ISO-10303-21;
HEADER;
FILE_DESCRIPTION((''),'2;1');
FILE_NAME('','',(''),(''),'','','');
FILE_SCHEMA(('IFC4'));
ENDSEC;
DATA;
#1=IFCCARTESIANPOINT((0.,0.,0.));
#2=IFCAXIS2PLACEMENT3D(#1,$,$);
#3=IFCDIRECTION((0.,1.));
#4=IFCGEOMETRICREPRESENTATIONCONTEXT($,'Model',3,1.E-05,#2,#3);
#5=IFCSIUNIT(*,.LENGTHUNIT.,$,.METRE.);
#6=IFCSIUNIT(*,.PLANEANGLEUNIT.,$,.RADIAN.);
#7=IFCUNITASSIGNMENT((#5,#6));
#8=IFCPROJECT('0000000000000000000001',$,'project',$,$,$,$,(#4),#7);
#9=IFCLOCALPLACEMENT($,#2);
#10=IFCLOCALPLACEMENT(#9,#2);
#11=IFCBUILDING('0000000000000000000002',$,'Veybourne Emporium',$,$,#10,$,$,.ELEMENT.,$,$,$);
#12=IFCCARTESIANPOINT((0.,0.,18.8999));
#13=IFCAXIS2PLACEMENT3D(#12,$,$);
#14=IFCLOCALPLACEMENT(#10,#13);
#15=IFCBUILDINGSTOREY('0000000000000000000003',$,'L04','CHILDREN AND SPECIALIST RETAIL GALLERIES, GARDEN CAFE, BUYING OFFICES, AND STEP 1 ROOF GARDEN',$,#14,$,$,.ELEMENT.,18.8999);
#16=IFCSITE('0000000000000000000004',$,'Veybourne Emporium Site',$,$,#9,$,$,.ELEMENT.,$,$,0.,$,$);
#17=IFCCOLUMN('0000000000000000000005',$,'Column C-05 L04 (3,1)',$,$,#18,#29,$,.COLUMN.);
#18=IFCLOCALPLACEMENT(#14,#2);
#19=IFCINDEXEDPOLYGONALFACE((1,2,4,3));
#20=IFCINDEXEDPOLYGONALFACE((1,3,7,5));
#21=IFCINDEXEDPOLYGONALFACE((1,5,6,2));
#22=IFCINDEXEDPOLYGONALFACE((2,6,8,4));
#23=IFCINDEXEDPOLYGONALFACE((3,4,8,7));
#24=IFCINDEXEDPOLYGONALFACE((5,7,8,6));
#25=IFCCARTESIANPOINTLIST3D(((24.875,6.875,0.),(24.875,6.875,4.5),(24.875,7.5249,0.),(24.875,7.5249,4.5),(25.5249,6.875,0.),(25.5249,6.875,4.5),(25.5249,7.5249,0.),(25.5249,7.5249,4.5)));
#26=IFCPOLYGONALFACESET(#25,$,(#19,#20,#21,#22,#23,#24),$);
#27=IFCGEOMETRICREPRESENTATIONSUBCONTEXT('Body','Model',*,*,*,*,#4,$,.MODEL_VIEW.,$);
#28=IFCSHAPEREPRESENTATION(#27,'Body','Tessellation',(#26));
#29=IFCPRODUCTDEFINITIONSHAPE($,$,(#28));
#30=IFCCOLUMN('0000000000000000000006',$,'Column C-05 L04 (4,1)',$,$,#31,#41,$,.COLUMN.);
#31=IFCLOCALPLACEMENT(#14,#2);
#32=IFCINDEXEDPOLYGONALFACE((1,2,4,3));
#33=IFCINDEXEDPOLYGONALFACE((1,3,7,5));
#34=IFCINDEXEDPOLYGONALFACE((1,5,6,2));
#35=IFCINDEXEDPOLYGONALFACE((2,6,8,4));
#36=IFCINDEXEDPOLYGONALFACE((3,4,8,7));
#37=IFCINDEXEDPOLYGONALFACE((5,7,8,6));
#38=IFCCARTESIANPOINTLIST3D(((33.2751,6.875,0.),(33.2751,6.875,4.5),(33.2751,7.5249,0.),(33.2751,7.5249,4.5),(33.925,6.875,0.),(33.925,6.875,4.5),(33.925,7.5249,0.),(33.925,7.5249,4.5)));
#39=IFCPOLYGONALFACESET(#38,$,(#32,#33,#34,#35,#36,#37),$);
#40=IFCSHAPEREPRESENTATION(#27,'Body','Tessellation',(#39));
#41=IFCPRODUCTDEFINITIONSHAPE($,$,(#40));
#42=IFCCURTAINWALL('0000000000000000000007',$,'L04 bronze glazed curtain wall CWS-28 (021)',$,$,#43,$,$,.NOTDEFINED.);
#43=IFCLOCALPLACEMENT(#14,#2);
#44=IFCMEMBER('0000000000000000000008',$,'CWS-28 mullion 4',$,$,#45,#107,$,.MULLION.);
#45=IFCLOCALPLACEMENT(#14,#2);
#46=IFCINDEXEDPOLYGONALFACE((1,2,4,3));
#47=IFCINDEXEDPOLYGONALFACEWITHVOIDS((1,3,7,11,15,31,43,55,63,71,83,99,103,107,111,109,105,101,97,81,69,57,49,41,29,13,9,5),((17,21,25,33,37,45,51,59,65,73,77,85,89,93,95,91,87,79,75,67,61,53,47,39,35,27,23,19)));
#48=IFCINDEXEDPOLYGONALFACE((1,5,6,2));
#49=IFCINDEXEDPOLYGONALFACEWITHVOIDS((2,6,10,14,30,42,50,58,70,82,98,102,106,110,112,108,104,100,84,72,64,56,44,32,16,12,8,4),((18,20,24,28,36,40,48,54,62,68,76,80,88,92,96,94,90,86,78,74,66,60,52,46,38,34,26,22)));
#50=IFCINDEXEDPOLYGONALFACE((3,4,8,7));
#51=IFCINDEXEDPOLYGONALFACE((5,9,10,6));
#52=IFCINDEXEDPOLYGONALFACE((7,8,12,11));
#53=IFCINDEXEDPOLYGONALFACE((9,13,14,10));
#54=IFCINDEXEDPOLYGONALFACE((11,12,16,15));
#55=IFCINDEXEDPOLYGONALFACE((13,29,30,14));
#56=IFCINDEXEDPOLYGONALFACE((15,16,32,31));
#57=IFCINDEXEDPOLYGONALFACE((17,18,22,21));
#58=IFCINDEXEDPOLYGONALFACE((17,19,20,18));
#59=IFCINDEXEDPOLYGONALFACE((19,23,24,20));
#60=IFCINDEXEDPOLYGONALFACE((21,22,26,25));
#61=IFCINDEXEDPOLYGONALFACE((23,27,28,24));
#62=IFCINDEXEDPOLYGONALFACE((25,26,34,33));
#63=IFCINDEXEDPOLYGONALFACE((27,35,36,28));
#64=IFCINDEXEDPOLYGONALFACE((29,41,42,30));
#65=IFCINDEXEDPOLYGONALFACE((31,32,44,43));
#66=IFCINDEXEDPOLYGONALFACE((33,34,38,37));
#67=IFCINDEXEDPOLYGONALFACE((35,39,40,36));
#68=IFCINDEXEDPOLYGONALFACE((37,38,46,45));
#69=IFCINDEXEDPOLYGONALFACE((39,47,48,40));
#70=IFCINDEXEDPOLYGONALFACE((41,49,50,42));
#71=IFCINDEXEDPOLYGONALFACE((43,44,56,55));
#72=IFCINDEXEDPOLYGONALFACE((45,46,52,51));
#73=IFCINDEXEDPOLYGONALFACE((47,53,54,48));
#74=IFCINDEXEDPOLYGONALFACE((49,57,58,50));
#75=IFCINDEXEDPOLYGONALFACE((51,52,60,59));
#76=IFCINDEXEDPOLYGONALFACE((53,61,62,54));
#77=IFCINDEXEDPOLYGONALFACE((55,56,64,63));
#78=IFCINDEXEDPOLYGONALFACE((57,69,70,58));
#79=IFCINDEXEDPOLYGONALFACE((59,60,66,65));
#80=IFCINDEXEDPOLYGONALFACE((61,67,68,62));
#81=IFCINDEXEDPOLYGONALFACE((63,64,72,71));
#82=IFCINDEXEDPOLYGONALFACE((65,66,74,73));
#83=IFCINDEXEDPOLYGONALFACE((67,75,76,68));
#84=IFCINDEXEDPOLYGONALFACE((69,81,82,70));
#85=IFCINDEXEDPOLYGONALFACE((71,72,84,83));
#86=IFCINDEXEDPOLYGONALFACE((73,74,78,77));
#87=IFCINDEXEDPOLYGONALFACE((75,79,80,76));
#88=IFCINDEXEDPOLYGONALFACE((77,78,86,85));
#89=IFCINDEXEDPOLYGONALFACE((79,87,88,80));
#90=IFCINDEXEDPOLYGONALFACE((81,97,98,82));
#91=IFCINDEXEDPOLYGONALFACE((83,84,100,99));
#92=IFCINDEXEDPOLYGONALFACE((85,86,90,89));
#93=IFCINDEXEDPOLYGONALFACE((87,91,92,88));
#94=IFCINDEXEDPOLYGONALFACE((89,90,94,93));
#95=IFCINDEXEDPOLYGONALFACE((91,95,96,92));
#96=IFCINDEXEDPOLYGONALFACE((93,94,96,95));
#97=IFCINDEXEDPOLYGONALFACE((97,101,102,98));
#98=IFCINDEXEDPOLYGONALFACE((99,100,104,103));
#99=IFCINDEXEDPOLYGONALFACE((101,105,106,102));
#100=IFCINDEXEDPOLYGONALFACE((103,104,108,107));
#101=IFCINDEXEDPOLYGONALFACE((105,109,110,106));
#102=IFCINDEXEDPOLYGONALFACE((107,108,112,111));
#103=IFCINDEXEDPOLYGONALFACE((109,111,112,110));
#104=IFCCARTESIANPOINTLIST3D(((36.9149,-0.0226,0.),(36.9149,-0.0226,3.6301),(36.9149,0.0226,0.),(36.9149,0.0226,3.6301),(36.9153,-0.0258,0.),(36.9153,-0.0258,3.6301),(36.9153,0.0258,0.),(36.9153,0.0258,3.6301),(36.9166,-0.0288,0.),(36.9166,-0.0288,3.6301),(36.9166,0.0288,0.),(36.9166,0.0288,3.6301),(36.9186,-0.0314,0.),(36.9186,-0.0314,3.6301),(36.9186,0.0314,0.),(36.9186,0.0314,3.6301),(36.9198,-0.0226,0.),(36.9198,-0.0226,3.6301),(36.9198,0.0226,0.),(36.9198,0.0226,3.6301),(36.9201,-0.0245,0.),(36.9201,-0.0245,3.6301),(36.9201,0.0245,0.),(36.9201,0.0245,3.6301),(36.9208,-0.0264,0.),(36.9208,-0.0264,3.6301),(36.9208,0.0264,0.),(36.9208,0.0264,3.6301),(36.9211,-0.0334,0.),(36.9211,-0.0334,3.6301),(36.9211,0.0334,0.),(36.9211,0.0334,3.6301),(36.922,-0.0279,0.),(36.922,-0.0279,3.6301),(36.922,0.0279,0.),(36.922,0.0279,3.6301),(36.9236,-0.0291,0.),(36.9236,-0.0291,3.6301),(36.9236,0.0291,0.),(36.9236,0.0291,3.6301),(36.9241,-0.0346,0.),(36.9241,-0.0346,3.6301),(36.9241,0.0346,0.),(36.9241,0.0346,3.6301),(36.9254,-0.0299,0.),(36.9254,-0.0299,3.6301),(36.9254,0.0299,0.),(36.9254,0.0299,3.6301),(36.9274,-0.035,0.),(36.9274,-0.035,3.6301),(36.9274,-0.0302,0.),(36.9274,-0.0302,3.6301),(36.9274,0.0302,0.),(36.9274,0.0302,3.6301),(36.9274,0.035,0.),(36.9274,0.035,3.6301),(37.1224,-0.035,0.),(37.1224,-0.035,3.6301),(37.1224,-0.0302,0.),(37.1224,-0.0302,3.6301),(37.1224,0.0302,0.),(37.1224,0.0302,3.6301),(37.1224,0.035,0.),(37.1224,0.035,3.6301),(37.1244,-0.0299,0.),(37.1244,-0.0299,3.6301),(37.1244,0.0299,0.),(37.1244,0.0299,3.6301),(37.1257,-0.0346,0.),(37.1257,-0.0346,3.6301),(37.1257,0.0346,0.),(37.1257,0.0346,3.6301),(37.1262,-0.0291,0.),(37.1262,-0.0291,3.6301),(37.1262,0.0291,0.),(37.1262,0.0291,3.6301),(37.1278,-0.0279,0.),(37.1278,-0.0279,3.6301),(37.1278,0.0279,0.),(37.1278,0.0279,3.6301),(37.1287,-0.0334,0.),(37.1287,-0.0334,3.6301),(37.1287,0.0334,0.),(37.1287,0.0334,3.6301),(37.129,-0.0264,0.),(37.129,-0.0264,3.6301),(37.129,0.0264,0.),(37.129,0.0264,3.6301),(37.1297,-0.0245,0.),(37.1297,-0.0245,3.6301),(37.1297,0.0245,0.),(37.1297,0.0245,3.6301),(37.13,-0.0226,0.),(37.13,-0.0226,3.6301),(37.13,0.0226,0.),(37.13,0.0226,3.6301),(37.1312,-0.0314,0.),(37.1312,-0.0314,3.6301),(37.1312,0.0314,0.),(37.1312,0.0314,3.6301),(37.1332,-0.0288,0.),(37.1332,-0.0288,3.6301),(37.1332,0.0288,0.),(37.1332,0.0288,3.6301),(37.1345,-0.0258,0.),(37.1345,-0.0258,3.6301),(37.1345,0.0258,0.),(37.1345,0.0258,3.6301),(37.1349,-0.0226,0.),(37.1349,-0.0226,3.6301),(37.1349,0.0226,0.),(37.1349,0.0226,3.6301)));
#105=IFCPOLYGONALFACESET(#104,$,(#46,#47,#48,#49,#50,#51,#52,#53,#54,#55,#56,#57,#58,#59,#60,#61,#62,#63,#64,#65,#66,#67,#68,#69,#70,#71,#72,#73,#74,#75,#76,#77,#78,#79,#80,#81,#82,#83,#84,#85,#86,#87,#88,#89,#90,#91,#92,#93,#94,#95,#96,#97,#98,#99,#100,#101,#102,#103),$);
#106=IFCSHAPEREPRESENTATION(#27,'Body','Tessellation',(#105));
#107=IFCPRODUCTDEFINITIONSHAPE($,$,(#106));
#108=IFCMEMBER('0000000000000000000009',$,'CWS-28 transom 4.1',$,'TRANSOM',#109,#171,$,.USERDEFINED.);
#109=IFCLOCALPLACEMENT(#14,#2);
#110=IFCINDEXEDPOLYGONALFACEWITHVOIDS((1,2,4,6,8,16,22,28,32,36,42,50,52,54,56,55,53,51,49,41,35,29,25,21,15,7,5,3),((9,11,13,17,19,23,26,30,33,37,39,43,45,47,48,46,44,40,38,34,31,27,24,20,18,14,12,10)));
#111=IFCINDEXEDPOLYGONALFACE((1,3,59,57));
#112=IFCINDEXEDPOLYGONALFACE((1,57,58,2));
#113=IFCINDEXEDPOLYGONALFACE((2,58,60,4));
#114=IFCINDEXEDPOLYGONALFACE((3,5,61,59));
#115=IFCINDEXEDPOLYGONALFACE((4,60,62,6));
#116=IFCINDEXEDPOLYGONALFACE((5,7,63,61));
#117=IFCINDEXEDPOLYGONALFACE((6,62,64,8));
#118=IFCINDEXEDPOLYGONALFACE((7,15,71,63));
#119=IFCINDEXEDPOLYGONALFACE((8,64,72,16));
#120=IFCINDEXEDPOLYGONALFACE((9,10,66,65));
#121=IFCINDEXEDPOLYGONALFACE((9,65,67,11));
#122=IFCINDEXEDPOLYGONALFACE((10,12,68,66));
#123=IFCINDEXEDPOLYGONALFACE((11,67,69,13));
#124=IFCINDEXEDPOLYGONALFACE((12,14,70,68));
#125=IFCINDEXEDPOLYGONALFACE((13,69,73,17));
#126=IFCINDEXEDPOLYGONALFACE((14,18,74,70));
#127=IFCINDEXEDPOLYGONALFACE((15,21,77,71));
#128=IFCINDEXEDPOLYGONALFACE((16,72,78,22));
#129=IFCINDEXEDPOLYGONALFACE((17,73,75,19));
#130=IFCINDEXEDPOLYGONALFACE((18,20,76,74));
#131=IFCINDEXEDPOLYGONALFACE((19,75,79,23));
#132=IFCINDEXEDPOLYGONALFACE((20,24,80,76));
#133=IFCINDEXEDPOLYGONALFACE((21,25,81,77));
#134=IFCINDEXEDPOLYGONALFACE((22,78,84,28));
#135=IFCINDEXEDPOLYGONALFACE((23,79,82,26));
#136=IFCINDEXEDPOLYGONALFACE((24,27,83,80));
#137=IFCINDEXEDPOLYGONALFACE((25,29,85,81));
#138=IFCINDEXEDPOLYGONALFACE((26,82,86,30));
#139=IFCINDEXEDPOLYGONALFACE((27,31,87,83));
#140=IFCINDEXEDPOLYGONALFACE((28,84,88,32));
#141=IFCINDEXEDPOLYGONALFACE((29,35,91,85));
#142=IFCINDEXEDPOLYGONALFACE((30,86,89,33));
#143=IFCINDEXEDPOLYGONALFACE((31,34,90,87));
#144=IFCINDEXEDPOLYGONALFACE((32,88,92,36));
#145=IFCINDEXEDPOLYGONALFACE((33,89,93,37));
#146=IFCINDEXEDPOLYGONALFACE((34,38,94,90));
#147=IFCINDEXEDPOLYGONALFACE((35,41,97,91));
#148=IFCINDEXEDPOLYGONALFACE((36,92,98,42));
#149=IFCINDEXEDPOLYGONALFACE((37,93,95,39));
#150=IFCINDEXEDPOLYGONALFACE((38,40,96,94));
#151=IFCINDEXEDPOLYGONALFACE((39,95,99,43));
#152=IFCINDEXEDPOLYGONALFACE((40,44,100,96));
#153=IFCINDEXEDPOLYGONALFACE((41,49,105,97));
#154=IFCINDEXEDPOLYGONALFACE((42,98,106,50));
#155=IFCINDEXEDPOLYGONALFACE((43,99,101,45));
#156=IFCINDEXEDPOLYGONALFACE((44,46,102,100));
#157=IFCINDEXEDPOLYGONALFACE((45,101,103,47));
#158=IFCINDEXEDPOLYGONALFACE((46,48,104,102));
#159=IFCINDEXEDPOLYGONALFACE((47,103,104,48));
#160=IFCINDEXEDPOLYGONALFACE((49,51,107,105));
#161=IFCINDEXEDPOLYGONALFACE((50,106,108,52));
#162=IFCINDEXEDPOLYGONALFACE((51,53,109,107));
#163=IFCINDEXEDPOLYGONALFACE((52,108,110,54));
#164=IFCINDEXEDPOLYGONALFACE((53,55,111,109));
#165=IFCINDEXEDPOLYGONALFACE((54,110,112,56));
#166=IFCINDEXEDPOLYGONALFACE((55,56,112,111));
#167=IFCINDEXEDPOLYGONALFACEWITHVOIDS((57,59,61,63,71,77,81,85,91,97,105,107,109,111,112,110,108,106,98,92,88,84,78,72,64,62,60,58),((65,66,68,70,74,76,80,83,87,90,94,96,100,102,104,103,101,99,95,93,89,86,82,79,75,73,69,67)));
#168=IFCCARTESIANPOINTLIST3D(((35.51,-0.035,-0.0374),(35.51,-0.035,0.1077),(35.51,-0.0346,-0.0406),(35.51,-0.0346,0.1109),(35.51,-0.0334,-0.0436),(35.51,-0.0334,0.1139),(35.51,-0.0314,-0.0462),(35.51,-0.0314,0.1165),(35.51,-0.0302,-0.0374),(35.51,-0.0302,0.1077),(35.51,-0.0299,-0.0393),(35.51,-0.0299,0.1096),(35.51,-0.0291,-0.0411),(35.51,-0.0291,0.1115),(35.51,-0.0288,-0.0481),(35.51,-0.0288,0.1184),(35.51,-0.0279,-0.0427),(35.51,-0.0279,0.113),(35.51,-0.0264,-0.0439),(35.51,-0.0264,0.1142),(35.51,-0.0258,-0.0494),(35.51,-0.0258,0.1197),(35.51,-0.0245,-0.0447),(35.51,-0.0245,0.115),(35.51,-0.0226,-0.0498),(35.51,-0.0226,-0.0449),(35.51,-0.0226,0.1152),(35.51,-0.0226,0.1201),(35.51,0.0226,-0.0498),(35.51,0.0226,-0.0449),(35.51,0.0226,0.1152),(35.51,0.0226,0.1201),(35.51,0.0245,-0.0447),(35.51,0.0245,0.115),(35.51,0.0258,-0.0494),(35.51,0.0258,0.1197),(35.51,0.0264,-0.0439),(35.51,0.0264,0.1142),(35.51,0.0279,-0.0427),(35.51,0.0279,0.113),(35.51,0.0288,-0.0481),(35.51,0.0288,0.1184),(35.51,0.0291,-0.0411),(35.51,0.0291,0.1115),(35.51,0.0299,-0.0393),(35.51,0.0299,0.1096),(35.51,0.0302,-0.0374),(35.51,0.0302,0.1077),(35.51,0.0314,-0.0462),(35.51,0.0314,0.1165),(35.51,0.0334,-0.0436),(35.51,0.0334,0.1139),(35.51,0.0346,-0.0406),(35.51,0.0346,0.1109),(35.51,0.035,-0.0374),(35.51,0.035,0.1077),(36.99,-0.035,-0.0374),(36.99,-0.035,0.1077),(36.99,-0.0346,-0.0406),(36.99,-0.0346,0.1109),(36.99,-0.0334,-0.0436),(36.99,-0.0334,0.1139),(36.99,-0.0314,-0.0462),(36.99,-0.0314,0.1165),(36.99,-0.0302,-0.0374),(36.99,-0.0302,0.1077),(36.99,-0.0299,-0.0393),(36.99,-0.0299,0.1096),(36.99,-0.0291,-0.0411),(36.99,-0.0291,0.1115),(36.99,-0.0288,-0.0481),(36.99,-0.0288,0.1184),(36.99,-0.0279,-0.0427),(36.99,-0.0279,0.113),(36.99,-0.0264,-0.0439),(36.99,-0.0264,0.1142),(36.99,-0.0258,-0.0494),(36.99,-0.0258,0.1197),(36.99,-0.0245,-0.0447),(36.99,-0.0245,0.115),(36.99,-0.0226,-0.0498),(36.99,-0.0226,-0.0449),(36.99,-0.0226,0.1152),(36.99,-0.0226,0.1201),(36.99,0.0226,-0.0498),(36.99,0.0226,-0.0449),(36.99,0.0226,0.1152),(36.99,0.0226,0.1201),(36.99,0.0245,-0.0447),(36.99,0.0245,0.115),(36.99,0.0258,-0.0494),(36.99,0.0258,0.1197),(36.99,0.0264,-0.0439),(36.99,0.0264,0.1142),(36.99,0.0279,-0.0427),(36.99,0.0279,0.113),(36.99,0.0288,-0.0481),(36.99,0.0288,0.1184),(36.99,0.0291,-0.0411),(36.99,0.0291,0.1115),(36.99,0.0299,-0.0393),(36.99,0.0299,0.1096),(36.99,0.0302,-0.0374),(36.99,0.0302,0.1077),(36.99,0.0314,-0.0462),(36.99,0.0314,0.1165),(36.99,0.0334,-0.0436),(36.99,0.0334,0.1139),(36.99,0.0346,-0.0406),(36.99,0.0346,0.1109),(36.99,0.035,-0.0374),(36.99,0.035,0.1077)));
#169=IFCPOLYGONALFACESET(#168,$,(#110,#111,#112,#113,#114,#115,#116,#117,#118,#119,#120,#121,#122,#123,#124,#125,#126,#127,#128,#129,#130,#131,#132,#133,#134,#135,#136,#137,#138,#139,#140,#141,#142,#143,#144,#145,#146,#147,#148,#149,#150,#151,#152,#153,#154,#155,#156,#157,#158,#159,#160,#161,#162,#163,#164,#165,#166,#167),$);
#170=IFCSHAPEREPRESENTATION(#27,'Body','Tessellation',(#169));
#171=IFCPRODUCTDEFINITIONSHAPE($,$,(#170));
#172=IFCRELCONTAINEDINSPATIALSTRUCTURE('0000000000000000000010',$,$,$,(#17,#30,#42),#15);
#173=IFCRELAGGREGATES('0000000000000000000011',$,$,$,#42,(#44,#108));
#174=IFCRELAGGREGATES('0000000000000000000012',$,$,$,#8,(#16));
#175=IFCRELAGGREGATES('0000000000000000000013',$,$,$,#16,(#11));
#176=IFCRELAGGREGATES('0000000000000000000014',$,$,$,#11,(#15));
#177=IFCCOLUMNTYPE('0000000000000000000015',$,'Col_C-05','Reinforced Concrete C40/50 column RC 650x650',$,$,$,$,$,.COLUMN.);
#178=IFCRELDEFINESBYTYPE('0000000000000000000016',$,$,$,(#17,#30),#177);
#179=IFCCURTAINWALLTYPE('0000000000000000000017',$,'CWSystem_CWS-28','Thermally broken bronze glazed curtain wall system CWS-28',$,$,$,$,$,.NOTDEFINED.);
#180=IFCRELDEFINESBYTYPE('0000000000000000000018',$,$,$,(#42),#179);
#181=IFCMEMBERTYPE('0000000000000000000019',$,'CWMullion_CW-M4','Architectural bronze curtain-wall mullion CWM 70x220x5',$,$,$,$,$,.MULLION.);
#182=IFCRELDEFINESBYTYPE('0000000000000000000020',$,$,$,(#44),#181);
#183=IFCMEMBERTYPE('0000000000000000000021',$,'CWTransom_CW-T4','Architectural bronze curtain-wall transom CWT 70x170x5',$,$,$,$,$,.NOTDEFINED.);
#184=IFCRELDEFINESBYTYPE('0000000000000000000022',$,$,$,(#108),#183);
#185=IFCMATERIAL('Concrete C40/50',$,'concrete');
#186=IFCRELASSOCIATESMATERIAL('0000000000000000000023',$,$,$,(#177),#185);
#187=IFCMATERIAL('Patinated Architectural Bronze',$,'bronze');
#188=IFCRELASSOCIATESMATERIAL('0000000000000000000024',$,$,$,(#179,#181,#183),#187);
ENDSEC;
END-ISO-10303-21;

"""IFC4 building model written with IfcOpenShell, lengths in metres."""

from ifc_helpers import new_model, si_unit, direction, frame, origin, origin_2d, place, context, subcontext, project, spatial, rectangle, hollow_rectangle, extrude, material, material_profile, profile_set, type_object, element, aggregate, save


model = new_model("IFC4")

# Units and contexts
model_context = context("Model", 3, precision=1e-05, world=origin(), true_north=direction((0.0, 1.0)))
body_context = subcontext(model_context, "Body", "Model", "MODEL_VIEW")
ifc_project = project(units=[si_unit("LENGTHUNIT", "METRE"), si_unit("PLANEANGLEUNIT", "RADIAN")], contexts=[model_context])

# Site, building, storey
site_placement = place(None, origin())
site = spatial("IfcSite", under=ifc_project, at=site_placement, Name="Veybourne Emporium Site", CompositionType="ELEMENT", RefElevation=0.0)
building_placement = place(site_placement, origin())
building = spatial("IfcBuilding", under=site, at=building_placement, Name="Veybourne Emporium", CompositionType="ELEMENT")
storey_placement = place(building_placement, frame((0.0, 0.0, 18.8999)))
storey = spatial("IfcBuildingStorey", under=building, at=storey_placement, Name="L04", Description="CHILDREN AND SPECIALIST RETAIL GALLERIES, GARDEN CAFE, BUYING OFFICES, AND STEP 1 ROOF GARDEN", CompositionType="ELEMENT", Elevation=18.8999)

# Columns
ifc_material_1 = material(Name="Concrete C40/50", Category="concrete")
ifc_material_profile_1 = material_profile(ifc_material_1, rectangle(XDim=0.6499, YDim=0.6499, at=origin_2d()), Name="RC 650x650")
ifc_profile_set_1 = profile_set([ifc_material_profile_1], Name="Concrete C40/50")
column_type = type_object("IfcColumnType", Name="Col_C-05", Description="Reinforced Concrete C40/50 column RC 650x650", PredefinedType="COLUMN", material=ifc_profile_set_1)
for number, where, z_axis, x_axis, name in (
    (1, (25.2, 7.2, 0.0), (0.0, 0.0, 1.0), (1.0, 0.0, 0.0), "Column C-05 L04 (3,1)"),
    (2, (33.6001, 7.2, 0.0), (0.0, 0.0, 1.0), (1.0, 0.0, 0.0), "Column C-05 L04 (4,1)"),
):
    element("IfcColumn", number, at=place(storey_placement, frame(where, z_axis=z_axis, x_axis=x_axis)), inside=storey, type_object=column_type, Name=name, PredefinedType="COLUMN", context=body_context, shape_type="SweptSolid", body=[
        extrude(rectangle(XDim=0.6499, YDim=0.6499, at=origin_2d()), origin(), (0.0, 0.0, 1.0), 4.5),
    ])

# Curtain wall, members
ifc_material_2 = material(Name="Patinated Architectural Bronze", Category="bronze")
curtain_wall_type = type_object("IfcCurtainWallType", Name="CWSystem_CWS-28", Description="Thermally broken bronze glazed curtain wall system CWS-28", PredefinedType="NOTDEFINED", material=ifc_material_2)
curtain_wall_placement = place(storey_placement, origin())
curtain_wall = element("IfcCurtainWall", 3, at=curtain_wall_placement, inside=storey, type_object=curtain_wall_type, Name="L04 bronze glazed curtain wall CWS-28 (021)", PredefinedType="NOTDEFINED")
ifc_material_profile_2 = material_profile(ifc_material_2, hollow_rectangle(XDim=0.0701, YDim=0.22, WallThickness=0.0049, InnerFilletRadius=0.0076, OuterFilletRadius=0.0125, at=origin_2d()), Name="CWM 70x220x5")
ifc_profile_set_2 = profile_set([ifc_material_profile_2], Name="Patinated Architectural Bronze")
member_type_1 = type_object("IfcMemberType", Name="CWMullion_CW-M4", Description="Architectural bronze curtain-wall mullion CWM 70x220x5", PredefinedType="MULLION", material=ifc_profile_set_2)
member_1_placement = place(storey_placement, frame((37.0249, 0.0, 0.0), z_axis=(0.0, 0.0, 1.0), x_axis=(0.0, -1.0, 0.0)))
member_1 = element("IfcMember", 4, at=member_1_placement, type_object=member_type_1, Name="CWS-28 mullion 4", PredefinedType="MULLION", context=body_context, shape_type="SweptSolid", body=[
    extrude(hollow_rectangle(XDim=0.0701, YDim=0.22, WallThickness=0.0049, InnerFilletRadius=0.0076, OuterFilletRadius=0.0125, at=origin_2d()), origin(), (0.0, 0.0, 1.0), 3.6301),
])
ifc_material_profile_3 = material_profile(ifc_material_2, hollow_rectangle(XDim=0.0701, YDim=0.1699, WallThickness=0.0049, InnerFilletRadius=0.0076, OuterFilletRadius=0.0125, at=origin_2d()), Name="CWT 70x170x5")
ifc_profile_set_3 = profile_set([ifc_material_profile_3], Name="Patinated Architectural Bronze")
member_type_2 = type_object("IfcMemberType", Name="CWTransom_CW-T4", Description="Architectural bronze curtain-wall transom CWT 70x170x5", PredefinedType="NOTDEFINED", material=ifc_profile_set_3)
member_2_placement = place(storey_placement, frame((36.99, 0.0, 0.0352), z_axis=(-1.0, 0.0, 0.0), x_axis=(0.0, -1.0, 0.0)))
member_2 = element("IfcMember", 5, at=member_2_placement, type_object=member_type_2, Name="CWS-28 transom 4.1", ObjectType="TRANSOM", PredefinedType="USERDEFINED", context=body_context, shape_type="SweptSolid", body=[
    extrude(hollow_rectangle(XDim=0.0701, YDim=0.1699, WallThickness=0.0049, InnerFilletRadius=0.0076, OuterFilletRadius=0.0125, at=origin_2d()), origin(), (0.0, 0.0, 1.0), 1.48),
])

aggregate(curtain_wall, [member_1, member_2])

save(model, "model.ifc")
